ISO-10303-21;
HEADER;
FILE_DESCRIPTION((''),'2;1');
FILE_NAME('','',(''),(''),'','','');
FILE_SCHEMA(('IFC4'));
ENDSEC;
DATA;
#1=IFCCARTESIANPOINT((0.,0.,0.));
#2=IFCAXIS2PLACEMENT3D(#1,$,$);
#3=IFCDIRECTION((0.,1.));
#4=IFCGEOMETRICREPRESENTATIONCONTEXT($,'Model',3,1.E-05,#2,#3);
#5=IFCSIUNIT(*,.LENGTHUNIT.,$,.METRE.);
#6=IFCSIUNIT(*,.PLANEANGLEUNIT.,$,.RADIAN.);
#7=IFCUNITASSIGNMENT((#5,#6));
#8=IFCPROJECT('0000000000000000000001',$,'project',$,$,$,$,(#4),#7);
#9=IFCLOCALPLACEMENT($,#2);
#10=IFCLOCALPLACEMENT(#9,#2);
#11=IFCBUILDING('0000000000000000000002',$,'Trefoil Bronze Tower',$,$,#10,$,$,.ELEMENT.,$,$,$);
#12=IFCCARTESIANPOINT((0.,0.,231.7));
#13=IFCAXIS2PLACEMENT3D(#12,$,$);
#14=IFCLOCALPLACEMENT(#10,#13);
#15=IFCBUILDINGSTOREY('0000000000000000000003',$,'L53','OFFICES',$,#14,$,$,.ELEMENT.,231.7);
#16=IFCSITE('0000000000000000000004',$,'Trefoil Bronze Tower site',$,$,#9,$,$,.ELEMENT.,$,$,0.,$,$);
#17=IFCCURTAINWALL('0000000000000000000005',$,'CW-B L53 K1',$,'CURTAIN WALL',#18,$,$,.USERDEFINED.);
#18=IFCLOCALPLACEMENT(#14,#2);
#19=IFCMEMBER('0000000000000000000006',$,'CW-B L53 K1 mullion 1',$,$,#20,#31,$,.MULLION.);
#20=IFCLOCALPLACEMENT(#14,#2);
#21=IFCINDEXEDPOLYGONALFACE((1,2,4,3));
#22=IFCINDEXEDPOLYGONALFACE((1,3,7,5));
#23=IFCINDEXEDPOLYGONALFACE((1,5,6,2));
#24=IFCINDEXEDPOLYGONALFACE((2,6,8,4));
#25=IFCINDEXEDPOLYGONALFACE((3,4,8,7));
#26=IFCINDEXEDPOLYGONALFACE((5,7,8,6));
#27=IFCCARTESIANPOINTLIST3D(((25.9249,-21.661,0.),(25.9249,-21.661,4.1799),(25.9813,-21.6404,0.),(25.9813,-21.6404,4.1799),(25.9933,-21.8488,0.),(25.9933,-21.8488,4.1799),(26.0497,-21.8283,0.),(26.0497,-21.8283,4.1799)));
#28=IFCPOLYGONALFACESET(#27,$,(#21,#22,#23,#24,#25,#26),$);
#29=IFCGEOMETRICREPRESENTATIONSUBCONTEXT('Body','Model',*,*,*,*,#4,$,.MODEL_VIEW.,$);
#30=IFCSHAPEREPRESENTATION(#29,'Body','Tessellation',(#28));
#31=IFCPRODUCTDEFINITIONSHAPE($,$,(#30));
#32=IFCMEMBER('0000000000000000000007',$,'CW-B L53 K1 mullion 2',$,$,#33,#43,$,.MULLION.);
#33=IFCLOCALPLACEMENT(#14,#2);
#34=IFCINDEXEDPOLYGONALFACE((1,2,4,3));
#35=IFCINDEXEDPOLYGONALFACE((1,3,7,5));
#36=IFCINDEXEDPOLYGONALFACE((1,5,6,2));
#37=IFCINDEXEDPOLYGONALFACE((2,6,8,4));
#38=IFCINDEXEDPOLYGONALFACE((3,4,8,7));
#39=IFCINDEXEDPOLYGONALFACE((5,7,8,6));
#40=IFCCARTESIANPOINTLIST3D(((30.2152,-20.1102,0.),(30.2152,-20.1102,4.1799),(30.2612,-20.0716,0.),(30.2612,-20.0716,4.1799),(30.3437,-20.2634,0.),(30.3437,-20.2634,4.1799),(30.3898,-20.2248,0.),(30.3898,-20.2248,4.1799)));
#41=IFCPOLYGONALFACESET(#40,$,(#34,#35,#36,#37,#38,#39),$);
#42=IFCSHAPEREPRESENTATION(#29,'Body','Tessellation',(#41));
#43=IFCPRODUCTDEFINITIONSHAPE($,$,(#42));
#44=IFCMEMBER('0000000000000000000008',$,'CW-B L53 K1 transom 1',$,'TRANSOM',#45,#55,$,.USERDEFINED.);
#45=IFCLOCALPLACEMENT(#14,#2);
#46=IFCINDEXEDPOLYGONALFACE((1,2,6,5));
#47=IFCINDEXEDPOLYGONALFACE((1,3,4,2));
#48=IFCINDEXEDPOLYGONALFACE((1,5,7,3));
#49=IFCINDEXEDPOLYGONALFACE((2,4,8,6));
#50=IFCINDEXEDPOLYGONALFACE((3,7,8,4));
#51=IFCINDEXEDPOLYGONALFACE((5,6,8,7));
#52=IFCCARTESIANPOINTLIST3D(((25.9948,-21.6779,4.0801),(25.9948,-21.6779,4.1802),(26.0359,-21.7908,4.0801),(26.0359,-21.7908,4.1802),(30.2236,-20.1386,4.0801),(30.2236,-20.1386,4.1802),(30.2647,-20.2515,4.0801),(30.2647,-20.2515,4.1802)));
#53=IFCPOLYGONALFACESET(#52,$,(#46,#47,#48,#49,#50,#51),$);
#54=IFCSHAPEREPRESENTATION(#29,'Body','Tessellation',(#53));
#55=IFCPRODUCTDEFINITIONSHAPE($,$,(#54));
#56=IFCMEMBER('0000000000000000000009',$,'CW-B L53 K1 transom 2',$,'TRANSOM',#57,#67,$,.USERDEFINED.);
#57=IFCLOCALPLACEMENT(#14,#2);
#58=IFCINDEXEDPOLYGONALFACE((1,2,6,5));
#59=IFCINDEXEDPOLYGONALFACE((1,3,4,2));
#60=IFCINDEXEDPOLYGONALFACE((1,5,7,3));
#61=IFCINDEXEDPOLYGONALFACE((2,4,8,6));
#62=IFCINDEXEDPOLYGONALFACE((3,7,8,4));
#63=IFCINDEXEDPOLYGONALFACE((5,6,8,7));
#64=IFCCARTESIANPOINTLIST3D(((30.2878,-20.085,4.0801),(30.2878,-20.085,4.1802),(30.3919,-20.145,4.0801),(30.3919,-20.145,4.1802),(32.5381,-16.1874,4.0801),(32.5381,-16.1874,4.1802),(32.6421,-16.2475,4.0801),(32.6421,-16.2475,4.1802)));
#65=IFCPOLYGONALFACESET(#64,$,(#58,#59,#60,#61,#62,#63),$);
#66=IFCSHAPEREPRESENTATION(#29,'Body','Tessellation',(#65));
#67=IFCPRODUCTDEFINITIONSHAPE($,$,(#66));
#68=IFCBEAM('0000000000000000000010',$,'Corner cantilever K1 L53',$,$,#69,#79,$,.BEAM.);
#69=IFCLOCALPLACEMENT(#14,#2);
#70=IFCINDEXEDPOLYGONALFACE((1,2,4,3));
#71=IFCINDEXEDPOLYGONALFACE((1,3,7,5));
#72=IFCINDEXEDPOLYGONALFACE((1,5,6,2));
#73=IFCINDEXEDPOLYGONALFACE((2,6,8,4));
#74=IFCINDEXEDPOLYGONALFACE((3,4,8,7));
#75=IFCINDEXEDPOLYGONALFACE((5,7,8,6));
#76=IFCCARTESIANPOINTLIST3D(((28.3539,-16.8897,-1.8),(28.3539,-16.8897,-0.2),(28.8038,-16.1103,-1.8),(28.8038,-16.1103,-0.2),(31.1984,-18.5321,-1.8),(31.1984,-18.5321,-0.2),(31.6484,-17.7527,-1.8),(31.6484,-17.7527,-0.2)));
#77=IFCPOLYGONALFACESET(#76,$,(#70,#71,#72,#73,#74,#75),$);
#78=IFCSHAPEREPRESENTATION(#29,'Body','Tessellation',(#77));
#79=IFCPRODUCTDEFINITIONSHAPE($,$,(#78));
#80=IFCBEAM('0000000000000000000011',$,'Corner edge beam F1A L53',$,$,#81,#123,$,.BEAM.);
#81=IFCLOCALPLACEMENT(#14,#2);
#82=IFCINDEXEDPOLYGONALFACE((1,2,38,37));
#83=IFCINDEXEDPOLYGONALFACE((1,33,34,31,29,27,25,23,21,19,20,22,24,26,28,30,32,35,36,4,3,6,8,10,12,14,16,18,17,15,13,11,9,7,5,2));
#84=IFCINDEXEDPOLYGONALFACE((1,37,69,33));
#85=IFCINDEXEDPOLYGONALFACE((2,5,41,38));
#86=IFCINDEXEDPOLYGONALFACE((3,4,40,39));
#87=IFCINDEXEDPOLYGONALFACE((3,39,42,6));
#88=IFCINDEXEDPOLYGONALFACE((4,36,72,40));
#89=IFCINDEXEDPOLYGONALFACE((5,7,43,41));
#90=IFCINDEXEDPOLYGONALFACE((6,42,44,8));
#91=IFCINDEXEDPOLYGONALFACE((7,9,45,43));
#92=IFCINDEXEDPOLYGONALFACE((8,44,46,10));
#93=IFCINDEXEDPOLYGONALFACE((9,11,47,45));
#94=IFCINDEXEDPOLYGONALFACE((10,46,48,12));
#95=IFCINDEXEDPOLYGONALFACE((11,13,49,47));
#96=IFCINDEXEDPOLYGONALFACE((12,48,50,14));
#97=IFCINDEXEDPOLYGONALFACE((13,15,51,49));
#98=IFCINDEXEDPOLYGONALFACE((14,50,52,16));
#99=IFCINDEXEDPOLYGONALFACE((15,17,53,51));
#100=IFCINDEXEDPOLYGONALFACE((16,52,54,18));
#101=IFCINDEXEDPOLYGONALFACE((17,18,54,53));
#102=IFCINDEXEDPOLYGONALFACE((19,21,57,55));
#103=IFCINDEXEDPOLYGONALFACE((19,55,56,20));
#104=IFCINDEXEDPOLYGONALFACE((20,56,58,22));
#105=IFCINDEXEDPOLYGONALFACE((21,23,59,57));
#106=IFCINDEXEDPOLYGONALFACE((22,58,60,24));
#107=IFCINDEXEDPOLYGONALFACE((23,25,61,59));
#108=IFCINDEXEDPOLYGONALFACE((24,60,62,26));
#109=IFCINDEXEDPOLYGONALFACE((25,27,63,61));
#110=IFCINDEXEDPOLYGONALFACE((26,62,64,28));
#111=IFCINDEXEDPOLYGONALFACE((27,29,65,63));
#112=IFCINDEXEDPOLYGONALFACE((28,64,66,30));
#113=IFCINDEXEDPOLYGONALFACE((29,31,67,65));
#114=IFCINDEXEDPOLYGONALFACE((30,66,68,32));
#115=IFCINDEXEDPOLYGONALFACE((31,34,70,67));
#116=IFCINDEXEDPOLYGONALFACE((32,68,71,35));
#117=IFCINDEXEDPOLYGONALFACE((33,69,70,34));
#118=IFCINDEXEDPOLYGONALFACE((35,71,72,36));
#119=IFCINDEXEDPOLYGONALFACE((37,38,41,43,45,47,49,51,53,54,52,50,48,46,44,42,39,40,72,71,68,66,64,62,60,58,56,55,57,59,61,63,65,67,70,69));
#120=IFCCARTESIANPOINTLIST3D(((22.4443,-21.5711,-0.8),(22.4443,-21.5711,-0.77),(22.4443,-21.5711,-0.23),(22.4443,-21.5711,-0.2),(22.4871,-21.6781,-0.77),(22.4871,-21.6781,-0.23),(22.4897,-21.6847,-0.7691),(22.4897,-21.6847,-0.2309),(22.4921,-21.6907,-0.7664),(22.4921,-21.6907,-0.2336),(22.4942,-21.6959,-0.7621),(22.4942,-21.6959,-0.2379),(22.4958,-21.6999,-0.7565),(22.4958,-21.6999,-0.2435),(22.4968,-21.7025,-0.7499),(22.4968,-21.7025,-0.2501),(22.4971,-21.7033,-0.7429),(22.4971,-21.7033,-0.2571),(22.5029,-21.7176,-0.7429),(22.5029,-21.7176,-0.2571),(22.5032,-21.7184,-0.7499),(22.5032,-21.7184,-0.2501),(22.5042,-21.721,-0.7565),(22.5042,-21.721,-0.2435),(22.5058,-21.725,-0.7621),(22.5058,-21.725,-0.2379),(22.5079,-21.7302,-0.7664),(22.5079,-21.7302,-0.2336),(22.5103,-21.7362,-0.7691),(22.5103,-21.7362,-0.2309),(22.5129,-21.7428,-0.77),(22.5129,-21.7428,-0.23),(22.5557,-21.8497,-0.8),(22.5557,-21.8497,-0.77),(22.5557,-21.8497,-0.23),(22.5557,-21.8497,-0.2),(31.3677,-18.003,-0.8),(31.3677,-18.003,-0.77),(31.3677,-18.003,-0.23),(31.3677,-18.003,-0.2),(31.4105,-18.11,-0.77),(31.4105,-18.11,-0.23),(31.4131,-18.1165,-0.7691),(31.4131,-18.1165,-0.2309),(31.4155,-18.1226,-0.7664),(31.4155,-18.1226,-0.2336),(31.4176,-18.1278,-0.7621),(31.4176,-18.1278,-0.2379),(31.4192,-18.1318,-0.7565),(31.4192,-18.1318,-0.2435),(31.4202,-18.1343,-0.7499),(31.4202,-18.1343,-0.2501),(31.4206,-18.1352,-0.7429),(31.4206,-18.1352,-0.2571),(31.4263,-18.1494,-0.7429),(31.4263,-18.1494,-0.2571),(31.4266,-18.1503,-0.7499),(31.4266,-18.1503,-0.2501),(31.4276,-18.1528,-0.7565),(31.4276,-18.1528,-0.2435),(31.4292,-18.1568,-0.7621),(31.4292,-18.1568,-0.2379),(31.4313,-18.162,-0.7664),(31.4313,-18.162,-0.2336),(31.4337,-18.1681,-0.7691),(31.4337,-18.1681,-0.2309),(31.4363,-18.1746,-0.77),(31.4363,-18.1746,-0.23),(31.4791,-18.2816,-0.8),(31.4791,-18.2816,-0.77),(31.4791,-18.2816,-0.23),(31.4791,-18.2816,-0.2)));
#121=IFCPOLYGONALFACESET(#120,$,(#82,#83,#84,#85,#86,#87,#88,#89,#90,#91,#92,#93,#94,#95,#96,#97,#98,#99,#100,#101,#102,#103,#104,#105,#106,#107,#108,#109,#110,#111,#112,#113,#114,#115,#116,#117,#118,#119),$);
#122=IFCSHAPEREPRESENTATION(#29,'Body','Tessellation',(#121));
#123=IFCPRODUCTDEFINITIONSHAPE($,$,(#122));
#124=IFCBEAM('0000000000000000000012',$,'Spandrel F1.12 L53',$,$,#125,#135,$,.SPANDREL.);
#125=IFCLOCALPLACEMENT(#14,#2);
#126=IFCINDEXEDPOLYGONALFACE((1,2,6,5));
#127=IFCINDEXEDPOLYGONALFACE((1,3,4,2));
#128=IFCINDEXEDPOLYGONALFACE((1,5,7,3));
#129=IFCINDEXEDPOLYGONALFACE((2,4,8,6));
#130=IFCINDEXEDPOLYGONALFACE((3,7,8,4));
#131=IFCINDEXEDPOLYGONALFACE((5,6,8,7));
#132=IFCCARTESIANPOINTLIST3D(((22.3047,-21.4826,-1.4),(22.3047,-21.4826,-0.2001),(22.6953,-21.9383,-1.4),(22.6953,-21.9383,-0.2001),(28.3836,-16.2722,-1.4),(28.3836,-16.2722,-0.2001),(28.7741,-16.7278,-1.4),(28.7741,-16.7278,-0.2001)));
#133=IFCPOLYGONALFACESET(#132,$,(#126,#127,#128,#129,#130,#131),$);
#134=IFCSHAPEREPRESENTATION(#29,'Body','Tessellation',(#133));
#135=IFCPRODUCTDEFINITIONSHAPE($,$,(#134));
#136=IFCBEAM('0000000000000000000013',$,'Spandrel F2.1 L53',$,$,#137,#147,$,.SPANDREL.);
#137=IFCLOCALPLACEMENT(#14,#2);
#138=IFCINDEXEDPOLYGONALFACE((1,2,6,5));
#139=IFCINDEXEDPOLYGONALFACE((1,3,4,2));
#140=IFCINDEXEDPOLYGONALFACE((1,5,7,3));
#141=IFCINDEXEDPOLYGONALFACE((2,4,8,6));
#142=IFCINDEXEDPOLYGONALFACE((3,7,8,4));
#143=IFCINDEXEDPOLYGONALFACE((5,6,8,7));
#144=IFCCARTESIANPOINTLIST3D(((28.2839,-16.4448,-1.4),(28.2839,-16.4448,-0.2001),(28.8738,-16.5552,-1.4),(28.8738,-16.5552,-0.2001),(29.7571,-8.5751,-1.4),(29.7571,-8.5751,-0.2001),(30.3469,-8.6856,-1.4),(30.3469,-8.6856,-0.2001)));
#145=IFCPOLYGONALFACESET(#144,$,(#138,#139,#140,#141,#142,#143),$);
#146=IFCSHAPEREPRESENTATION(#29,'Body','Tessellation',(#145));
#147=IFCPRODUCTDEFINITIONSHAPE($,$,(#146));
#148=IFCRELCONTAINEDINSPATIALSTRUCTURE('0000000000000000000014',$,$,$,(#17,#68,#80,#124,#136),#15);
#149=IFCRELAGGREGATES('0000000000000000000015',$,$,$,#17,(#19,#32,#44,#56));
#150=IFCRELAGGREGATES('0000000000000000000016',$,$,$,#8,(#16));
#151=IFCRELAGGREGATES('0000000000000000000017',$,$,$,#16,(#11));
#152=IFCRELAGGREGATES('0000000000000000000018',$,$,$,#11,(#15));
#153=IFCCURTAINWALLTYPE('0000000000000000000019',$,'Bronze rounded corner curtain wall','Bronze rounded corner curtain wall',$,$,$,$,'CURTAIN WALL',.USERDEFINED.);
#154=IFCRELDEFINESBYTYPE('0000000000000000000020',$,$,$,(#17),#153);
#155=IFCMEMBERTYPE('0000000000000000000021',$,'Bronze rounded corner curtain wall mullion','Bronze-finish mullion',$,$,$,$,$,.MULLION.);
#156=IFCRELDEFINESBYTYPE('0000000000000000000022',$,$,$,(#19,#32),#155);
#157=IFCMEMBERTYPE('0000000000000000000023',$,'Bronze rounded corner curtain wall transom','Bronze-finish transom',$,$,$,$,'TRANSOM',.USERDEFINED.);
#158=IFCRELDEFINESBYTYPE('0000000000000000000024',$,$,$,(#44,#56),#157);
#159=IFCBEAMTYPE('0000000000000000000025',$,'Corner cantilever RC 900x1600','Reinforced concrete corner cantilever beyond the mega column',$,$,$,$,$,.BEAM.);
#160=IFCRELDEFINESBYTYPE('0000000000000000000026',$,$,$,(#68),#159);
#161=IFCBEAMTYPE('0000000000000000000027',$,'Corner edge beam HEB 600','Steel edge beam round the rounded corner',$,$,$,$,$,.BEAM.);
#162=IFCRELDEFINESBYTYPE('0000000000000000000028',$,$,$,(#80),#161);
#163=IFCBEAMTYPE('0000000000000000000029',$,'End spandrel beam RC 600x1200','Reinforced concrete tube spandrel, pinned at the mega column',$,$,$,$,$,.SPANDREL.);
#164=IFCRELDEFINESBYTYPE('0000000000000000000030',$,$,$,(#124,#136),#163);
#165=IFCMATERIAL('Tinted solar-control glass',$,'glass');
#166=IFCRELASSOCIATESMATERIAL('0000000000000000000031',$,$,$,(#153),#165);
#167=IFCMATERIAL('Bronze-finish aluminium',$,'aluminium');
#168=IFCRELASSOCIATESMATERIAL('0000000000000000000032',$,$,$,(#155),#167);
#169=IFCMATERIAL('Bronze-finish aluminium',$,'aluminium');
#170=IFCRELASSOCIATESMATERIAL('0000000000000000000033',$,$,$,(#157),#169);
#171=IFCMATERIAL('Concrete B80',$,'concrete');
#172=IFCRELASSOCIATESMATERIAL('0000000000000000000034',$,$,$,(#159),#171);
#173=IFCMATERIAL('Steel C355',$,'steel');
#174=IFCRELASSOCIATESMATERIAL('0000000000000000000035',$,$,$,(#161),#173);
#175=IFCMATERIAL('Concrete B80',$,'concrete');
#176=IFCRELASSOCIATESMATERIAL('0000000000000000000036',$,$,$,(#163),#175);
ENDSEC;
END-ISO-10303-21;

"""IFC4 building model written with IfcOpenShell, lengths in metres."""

from ifc_helpers import new_model, si_unit, direction, frame, origin, origin_2d, place, context, subcontext, project, spatial, rectangle, i_section, extrude, material, material_profile, profile_set, type_object, element, aggregate, save


model = new_model("IFC4")

# Units and contexts
model_context = context("Model", 3, precision=1e-05, world=origin(), true_north=direction((0.0, 1.0)))
body_context = subcontext(model_context, "Body", "Model", "MODEL_VIEW")
ifc_project = project(units=[si_unit("LENGTHUNIT", "METRE"), si_unit("PLANEANGLEUNIT", "RADIAN")], contexts=[model_context])

# Site, building, storey
site_placement = place(None, origin())
site = spatial("IfcSite", under=ifc_project, at=site_placement, Name="Trefoil Bronze Tower site", CompositionType="ELEMENT", RefElevation=0.0)
building_placement = place(site_placement, origin())
building = spatial("IfcBuilding", under=site, at=building_placement, Name="Trefoil Bronze Tower", CompositionType="ELEMENT")
storey_placement = place(building_placement, frame((0.0, 0.0, 231.7)))
storey = spatial("IfcBuildingStorey", under=building, at=storey_placement, Name="L53", Description="OFFICES", CompositionType="ELEMENT", Elevation=231.7)

# Curtain wall, members
ifc_material_1 = material(Name="Tinted solar-control glass", Category="glass")
curtain_wall_type_1 = type_object("IfcCurtainWallType", Name="Bronze rounded corner curtain wall", Description="Bronze rounded corner curtain wall", ElementType="CURTAIN WALL", PredefinedType="USERDEFINED", material=ifc_material_1)
curtain_wall_1_placement = place(storey_placement, origin())
curtain_wall_1 = element("IfcCurtainWall", 1, at=curtain_wall_1_placement, inside=storey, type_object=curtain_wall_type_1, Name="CW-B L53 K1", ObjectType="CURTAIN WALL", PredefinedType="USERDEFINED")
ifc_material_2 = material(Name="Bronze-finish aluminium", Category="aluminium")
ifc_material_profile_1 = material_profile(ifc_material_2, rectangle(XDim=0.2, YDim=0.0601, at=origin_2d()), Name="CW-B mullion")
ifc_profile_set_1 = profile_set([ifc_material_profile_1], Name="Bronze-finish aluminium")
member_type_1 = type_object("IfcMemberType", Name="Bronze rounded corner curtain wall mullion", Description="Bronze-finish mullion", PredefinedType="MULLION", material=ifc_profile_set_1)
member_1_placement = place(storey_placement, frame((25.9873, -21.7446, 0.0), z_axis=(0.0, 0.0, 1.0), x_axis=(-0.34202, 0.939693, 0.0)))
member_1 = element("IfcMember", 2, at=member_1_placement, type_object=member_type_1, Name="CW-B L53 K1 mullion 1", PredefinedType="MULLION", context=body_context, shape_type="SweptSolid", body=[
    extrude(rectangle(XDim=0.2, YDim=0.0601, at=origin_2d()), origin(), (0.0, 0.0, 1.0), 4.1799),
])
member_2_placement = place(storey_placement, frame((30.3025, -20.1675, 0.0), z_axis=(0.0, 0.0, 1.0), x_axis=(-0.642788, 0.766044, 0.0)))
member_2 = element("IfcMember", 3, at=member_2_placement, type_object=member_type_1, Name="CW-B L53 K1 mullion 2", PredefinedType="MULLION", context=body_context, shape_type="SweptSolid", body=[
    extrude(rectangle(XDim=0.2, YDim=0.0601, at=origin_2d()), origin(), (0.0, 0.0, 1.0), 4.1799),
])
ifc_material_3 = material(Name="Bronze-finish aluminium", Category="aluminium")
ifc_material_profile_2 = material_profile(ifc_material_3, rectangle(XDim=0.1201, YDim=0.1001, at=origin_2d()), Name="CW-B transom")
ifc_profile_set_2 = profile_set([ifc_material_profile_2], Name="Bronze-finish aluminium")
member_type_2 = type_object("IfcMemberType", Name="Bronze rounded corner curtain wall transom", Description="Bronze-finish transom", ElementType="TRANSOM", PredefinedType="USERDEFINED", material=ifc_profile_set_2)
member_3_placement = place(storey_placement, frame((26.0154, -21.7344, 4.1301), z_axis=(0.939681, 0.342052, 0.0), x_axis=(-0.342052, 0.939681, 0.0)))
member_3 = element("IfcMember", 4, at=member_3_placement, type_object=member_type_2, Name="CW-B L53 K1 transom 1", ObjectType="TRANSOM", PredefinedType="USERDEFINED", context=body_context, shape_type="SweptSolid", body=[
    extrude(rectangle(XDim=0.1201, YDim=0.1001, at=origin_2d()), origin(), (0.0, 0.0, 1.0), 4.5002),
])
member_4_placement = place(storey_placement, frame((30.3398, -20.115, 4.1301), z_axis=(0.500007, 0.866021, 0.0), x_axis=(-0.866021, 0.500007, 0.0)))
member_4 = element("IfcMember", 5, at=member_4_placement, type_object=member_type_2, Name="CW-B L53 K1 transom 2", ObjectType="TRANSOM", PredefinedType="USERDEFINED", context=body_context, shape_type="SweptSolid", body=[
    extrude(rectangle(XDim=0.1201, YDim=0.1001, at=origin_2d()), origin(), (0.0, 0.0, 1.0), 4.5005),
])

# Beams
ifc_material_4 = material(Name="Concrete B80", Category="concrete")
ifc_material_profile_3 = material_profile(ifc_material_4, rectangle(XDim=0.8999, YDim=1.6001, at=origin_2d()), Name="RC 900x1600")
ifc_profile_set_3 = profile_set([ifc_material_profile_3], Name="Concrete B80")
beam_type_1 = type_object("IfcBeamType", Name="Corner cantilever RC 900x1600", Description="Reinforced concrete corner cantilever beyond the mega column", PredefinedType="BEAM", material=ifc_profile_set_3)
beam_1_placement = place(storey_placement, frame((28.5789, -16.5, -1.0), z_axis=(0.866016, -0.500016, 0.0), x_axis=(0.500016, 0.866016, 0.0)))
element("IfcBeam", 6, at=beam_1_placement, inside=storey, type_object=beam_type_1, Name="Corner cantilever K1 L53", PredefinedType="BEAM", context=body_context, shape_type="SweptSolid", body=[
    extrude(rectangle(XDim=0.8999, YDim=1.6001, at=origin_2d()), origin(), (0.0, 0.0, 1.0), 3.2847),
])
ifc_material_5 = material(Name="Steel C355", Category="steel")
ifc_material_profile_4 = material_profile(ifc_material_5, i_section(OverallWidth=0.3, OverallDepth=0.6001, WebThickness=0.0154, FlangeThickness=0.03, FilletRadius=0.0271, at=origin_2d()), Name="HEB 600")
ifc_profile_set_4 = profile_set([ifc_material_profile_4], Name="Steel C355")
beam_type_2 = type_object("IfcBeamType", Name="Corner edge beam HEB 600", Description="Steel edge beam round the rounded corner", PredefinedType="BEAM", material=ifc_profile_set_4)
beam_2_placement = place(storey_placement, frame((22.5, -21.7104, -0.5), z_axis=(0.92852, 0.371281, 0.0), x_axis=(-0.371281, 0.92852, 0.0)))
element("IfcBeam", 7, at=beam_2_placement, inside=storey, type_object=beam_type_2, Name="Corner edge beam F1A L53", PredefinedType="BEAM", context=body_context, shape_type="SweptSolid", body=[
    extrude(i_section(OverallWidth=0.3, OverallDepth=0.6001, WebThickness=0.0154, FlangeThickness=0.03, FilletRadius=0.0271, at=origin_2d()), origin(), (0.0, 0.0, 1.0), 9.6104),
])
ifc_material_6 = material(Name="Concrete B80", Category="concrete")
ifc_material_profile_5 = material_profile(ifc_material_6, rectangle(XDim=0.6001, YDim=1.2, at=origin_2d()), Name="RC 600x1200")
ifc_profile_set_5 = profile_set([ifc_material_profile_5], Name="Concrete B80")
beam_type_3 = type_object("IfcBeamType", Name="End spandrel beam RC 600x1200", Description="Reinforced concrete tube spandrel, pinned at the mega column", PredefinedType="SPANDREL", material=ifc_profile_set_5)
for number, where, z_axis, x_axis, name in (
    (8, (22.5, -21.7104, -0.8), (0.759257, 0.650791, 0.0), (-0.650791, 0.759257, 0.0), "Spandrel F1.12 L53"),
    (9, (28.5789, -16.5, -0.8), (0.183998, 0.982927, 0.0), (-0.982927, 0.183998, 0.0), "Spandrel F2.1 L53"),
):
    element("IfcBeam", number, at=place(storey_placement, frame(where, z_axis=z_axis, x_axis=x_axis)), inside=storey, type_object=beam_type_3, Name=name, PredefinedType="SPANDREL", context=body_context, shape_type="SweptSolid", body=[
        extrude(rectangle(XDim=0.6001, YDim=1.2, at=origin_2d()), origin(), (0.0, 0.0, 1.0), 8.0063),
    ])

aggregate(curtain_wall_1, [member_1, member_2, member_3, member_4])

save(model, "model.ifc")
